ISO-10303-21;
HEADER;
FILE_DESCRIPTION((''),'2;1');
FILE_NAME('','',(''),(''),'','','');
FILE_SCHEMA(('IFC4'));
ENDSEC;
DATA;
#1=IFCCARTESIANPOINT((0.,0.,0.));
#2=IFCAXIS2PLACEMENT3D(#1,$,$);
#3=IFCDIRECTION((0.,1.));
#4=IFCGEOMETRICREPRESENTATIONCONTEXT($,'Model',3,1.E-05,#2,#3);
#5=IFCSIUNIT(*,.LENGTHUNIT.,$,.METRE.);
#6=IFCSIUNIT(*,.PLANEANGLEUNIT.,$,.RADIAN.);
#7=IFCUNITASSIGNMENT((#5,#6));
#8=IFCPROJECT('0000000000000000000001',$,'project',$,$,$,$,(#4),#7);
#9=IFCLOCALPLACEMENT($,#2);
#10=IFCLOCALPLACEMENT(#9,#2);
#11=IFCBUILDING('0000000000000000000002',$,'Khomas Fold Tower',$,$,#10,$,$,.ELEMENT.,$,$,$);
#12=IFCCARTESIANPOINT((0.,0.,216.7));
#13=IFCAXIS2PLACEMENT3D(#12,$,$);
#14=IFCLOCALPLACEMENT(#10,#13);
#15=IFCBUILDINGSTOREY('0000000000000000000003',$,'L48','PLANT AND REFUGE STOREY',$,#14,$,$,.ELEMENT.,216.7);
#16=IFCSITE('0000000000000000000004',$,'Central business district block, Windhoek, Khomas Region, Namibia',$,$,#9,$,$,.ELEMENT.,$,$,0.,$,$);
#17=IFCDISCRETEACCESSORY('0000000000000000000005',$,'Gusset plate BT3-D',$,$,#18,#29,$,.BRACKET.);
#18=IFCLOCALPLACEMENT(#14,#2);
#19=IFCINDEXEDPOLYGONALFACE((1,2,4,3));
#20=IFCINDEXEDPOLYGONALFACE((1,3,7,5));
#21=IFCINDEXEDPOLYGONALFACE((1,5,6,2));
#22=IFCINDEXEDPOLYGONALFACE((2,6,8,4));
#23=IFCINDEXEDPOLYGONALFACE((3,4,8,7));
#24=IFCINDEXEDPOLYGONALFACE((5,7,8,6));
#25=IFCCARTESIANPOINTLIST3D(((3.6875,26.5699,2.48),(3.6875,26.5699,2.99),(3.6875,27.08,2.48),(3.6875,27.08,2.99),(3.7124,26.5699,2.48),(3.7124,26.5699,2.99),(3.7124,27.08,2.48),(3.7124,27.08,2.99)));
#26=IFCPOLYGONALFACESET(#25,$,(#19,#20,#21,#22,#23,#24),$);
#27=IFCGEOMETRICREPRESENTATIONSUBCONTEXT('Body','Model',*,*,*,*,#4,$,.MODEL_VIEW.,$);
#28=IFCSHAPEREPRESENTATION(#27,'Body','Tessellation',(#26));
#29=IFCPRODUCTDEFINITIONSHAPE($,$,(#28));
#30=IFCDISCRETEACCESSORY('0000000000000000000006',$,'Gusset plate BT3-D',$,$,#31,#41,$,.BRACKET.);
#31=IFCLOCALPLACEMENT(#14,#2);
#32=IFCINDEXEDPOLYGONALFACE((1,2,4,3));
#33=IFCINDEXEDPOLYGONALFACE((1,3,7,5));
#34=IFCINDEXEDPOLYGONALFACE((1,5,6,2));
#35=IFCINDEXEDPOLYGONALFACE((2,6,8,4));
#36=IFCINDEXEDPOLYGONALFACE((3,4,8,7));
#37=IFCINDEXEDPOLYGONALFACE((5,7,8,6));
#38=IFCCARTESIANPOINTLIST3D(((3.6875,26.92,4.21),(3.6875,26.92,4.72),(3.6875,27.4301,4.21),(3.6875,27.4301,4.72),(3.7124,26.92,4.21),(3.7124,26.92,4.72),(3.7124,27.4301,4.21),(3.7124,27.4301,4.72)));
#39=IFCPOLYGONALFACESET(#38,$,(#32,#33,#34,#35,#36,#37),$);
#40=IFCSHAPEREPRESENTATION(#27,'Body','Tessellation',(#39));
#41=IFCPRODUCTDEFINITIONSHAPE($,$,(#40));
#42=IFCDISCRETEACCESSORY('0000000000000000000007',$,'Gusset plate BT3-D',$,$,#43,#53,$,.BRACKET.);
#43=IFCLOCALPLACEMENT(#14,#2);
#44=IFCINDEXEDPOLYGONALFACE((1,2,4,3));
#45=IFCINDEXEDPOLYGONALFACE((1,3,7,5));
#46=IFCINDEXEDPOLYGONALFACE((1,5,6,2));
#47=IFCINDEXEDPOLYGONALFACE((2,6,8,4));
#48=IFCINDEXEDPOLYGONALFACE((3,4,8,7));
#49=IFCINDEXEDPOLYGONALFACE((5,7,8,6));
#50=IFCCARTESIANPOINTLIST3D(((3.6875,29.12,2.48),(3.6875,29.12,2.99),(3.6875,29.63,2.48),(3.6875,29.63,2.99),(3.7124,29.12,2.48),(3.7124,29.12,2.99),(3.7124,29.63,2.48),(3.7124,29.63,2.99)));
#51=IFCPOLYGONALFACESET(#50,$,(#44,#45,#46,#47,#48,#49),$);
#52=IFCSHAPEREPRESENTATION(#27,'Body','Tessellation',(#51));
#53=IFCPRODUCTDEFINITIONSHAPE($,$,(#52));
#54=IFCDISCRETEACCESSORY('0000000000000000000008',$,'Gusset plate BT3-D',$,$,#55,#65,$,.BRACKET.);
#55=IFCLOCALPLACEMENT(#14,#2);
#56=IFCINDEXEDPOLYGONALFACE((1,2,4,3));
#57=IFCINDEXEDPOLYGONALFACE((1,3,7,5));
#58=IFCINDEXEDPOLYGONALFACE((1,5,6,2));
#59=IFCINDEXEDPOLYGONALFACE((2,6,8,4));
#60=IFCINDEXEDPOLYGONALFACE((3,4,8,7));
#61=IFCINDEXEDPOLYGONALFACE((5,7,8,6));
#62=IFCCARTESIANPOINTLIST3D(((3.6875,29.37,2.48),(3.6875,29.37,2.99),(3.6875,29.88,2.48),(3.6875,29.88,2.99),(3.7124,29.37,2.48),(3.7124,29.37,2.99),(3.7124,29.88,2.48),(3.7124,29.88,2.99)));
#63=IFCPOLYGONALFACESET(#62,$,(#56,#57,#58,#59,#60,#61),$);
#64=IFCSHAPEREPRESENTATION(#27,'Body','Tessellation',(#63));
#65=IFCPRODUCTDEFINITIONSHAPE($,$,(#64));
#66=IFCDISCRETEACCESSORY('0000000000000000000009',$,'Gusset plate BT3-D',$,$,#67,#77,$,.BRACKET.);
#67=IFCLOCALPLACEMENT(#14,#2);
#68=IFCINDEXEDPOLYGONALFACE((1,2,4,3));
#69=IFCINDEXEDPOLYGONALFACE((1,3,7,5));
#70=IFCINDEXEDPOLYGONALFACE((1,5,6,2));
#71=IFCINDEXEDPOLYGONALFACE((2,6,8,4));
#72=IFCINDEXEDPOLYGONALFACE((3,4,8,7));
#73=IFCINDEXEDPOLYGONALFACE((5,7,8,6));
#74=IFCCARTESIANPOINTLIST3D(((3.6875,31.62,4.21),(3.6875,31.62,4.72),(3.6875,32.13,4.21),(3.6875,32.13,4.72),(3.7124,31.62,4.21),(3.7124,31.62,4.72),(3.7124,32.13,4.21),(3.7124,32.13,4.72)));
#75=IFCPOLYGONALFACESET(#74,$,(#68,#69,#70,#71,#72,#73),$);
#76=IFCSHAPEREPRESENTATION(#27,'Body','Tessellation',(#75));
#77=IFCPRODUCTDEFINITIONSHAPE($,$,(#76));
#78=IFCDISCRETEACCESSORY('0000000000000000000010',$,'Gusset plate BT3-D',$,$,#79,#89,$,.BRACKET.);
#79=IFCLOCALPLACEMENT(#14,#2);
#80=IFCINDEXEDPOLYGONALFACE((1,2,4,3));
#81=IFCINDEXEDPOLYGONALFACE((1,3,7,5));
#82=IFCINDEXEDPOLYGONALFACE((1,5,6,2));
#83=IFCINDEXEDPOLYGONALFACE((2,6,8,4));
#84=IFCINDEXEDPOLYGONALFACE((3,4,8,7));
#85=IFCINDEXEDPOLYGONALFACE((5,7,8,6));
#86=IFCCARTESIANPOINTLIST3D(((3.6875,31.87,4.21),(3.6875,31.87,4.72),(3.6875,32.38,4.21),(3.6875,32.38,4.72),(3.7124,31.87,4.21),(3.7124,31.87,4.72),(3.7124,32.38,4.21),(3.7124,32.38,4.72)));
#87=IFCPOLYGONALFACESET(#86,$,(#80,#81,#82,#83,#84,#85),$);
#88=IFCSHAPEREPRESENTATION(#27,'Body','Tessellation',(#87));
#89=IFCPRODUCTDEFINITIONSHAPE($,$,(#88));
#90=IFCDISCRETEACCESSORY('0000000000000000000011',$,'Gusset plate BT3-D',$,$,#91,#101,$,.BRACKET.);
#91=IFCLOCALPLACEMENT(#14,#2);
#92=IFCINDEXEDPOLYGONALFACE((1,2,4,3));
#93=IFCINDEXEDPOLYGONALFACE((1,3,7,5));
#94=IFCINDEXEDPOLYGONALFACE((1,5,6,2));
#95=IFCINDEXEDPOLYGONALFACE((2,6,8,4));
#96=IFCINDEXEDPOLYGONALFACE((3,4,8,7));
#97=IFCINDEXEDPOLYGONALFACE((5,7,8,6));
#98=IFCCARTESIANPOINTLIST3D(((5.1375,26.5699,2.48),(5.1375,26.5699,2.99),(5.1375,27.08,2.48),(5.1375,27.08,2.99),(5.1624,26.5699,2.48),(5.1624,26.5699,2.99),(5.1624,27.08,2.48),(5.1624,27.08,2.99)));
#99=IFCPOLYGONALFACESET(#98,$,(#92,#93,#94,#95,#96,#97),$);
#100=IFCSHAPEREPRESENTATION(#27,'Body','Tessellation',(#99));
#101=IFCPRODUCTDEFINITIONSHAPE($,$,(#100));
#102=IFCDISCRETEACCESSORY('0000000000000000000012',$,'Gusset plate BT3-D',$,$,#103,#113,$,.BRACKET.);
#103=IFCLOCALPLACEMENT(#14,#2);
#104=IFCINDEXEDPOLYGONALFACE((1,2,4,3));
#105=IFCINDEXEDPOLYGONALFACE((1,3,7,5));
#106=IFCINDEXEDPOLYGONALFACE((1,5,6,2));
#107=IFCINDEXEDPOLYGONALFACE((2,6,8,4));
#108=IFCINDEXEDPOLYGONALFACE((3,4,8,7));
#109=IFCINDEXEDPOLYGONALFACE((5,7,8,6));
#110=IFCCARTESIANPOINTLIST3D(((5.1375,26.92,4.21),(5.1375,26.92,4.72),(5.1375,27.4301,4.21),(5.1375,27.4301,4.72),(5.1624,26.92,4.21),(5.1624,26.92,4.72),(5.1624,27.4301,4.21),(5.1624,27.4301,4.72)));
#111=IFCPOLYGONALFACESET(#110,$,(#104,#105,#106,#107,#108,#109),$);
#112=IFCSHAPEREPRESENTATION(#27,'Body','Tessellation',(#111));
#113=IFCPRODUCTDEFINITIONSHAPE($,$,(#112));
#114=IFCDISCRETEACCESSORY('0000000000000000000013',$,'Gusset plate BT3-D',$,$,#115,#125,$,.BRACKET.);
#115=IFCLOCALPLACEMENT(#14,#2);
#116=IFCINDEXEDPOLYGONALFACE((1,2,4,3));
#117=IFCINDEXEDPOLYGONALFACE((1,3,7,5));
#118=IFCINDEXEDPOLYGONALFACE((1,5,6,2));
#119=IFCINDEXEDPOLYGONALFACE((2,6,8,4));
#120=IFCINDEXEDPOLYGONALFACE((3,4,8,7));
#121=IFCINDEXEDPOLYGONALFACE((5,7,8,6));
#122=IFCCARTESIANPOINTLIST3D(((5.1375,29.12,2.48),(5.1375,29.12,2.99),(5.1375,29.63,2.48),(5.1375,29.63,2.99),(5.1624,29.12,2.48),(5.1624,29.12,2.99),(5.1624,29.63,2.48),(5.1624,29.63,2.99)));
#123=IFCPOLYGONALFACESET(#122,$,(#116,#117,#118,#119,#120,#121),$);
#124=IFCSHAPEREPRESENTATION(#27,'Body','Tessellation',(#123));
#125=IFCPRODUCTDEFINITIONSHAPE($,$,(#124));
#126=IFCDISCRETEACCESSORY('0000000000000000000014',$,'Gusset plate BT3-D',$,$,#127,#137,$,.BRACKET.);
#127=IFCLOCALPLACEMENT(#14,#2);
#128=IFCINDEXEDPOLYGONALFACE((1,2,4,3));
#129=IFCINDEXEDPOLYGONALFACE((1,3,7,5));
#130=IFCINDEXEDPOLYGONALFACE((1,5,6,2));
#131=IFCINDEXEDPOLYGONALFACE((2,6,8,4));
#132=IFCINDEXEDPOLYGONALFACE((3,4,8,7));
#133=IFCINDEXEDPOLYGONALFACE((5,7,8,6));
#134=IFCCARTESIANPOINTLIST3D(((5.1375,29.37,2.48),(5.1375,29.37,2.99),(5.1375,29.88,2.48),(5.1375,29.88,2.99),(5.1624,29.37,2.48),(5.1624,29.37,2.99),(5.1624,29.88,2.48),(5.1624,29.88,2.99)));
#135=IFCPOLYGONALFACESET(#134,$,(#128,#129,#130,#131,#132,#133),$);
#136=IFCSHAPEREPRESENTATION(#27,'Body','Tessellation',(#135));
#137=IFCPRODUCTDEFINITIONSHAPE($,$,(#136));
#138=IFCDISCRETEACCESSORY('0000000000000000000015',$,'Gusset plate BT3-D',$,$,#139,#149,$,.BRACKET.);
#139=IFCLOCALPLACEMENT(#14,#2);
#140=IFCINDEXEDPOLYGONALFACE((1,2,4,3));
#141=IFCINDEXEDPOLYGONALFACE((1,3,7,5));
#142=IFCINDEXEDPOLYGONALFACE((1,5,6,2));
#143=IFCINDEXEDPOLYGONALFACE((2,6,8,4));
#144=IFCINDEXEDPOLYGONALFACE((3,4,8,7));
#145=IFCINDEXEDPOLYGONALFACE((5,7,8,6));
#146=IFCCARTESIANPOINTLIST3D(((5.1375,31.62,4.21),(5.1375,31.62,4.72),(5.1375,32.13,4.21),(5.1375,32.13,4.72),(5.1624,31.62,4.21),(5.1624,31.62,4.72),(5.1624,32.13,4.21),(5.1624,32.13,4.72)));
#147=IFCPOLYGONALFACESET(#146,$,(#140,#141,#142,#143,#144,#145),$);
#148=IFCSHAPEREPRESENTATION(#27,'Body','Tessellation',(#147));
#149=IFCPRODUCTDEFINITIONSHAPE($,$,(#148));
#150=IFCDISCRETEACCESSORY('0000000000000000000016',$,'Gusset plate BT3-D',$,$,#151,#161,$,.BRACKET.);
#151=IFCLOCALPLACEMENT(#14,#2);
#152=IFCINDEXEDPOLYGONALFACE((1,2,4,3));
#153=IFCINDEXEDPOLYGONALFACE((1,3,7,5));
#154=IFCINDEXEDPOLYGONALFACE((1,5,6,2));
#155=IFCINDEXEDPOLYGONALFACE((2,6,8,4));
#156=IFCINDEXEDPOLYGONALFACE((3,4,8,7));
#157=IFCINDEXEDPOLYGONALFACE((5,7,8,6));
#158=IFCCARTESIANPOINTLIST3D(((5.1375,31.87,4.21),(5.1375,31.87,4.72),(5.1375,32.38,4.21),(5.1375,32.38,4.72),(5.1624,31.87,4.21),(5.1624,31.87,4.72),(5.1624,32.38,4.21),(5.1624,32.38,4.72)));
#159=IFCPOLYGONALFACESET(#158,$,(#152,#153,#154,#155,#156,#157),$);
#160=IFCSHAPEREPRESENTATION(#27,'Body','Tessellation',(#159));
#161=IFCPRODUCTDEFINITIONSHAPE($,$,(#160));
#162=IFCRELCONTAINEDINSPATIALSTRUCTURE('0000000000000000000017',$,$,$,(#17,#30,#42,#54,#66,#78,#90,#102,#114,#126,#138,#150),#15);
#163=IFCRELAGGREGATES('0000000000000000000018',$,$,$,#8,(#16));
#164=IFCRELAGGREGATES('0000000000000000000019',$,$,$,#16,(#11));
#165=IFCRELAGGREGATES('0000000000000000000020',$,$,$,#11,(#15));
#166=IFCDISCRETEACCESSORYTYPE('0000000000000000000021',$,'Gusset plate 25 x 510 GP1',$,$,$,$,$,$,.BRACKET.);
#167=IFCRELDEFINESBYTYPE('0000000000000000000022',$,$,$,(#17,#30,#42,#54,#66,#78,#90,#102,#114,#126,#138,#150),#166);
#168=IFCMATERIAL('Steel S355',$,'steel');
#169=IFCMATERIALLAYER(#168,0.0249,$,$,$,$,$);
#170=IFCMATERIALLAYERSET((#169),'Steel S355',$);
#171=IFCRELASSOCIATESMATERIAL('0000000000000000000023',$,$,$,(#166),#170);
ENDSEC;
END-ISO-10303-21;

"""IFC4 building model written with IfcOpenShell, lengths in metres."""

from ifc_helpers import new_model, si_unit, direction, frame, origin, origin_2d, place, context, subcontext, project, spatial, rectangle, extrude, source, transform, mapped, material, layer, layer_set, type_object, element, save


model = new_model("IFC4")

# Units and contexts
model_context = context("Model", 3, precision=1e-05, world=origin(), true_north=direction((0.0, 1.0)))
body_context = subcontext(model_context, "Body", "Model", "MODEL_VIEW")
ifc_project = project(units=[si_unit("LENGTHUNIT", "METRE"), si_unit("PLANEANGLEUNIT", "RADIAN")], contexts=[model_context])

# Site, building, storey
site_placement = place(None, origin())
site = spatial("IfcSite", under=ifc_project, at=site_placement, Name="Central business district block, Windhoek, Khomas Region, Namibia", CompositionType="ELEMENT", RefElevation=0.0)
building_placement = place(site_placement, origin())
building = spatial("IfcBuilding", under=site, at=building_placement, Name="Khomas Fold Tower", CompositionType="ELEMENT")
storey_placement = place(building_placement, frame((0.0, 0.0, 216.7)))
storey = spatial("IfcBuildingStorey", under=building, at=storey_placement, Name="L48", Description="PLANT AND REFUGE STOREY", CompositionType="ELEMENT", Elevation=216.7)

# Discrete accessories
ifc_material_1 = material(Name="Steel S355", Category="steel")
ifc_layer_1 = layer(ifc_material_1, 0.0249)
ifc_layer_set_1 = layer_set([ifc_layer_1], Name="Steel S355")
discrete_accessory_type = type_object("IfcDiscreteAccessoryType", Name="Gusset plate 25 x 510 GP1", PredefinedType="BRACKET", material=ifc_layer_set_1)
shared_shape_1 = source(origin(), body_context, "Body", "SweptSolid", [
    extrude(rectangle(XDim=0.51, YDim=0.0249, at=origin_2d()), origin(), (0.0, 0.0, 1.0), 0.51),
])
for number, where, z_axis, x_axis, name in (
    (1, (3.7, 26.825, 2.48), (0.0, 0.0, 1.0), (0.0, 1.0, 0.0), "Gusset plate BT3-D"),
    (2, (3.7, 27.175, 4.21), (0.0, 0.0, 1.0), (0.0, 1.0, 0.0), "Gusset plate BT3-D"),
    (3, (3.7, 29.375, 2.48), (0.0, 0.0, 1.0), (0.0, 1.0, 0.0), "Gusset plate BT3-D"),
    (4, (3.7, 29.625, 2.48), (0.0, 0.0, 1.0), (0.0, 1.0, 0.0), "Gusset plate BT3-D"),
    (5, (3.7, 31.875, 4.21), (0.0, 0.0, 1.0), (0.0, 1.0, 0.0), "Gusset plate BT3-D"),
    (6, (3.7, 32.125, 4.21), (0.0, 0.0, 1.0), (0.0, 1.0, 0.0), "Gusset plate BT3-D"),
    (7, (5.1499, 26.825, 2.48), (0.0, 0.0, 1.0), (0.0, 1.0, 0.0), "Gusset plate BT3-D"),
    (8, (5.1499, 27.175, 4.21), (0.0, 0.0, 1.0), (0.0, 1.0, 0.0), "Gusset plate BT3-D"),
    (9, (5.1499, 29.375, 2.48), (0.0, 0.0, 1.0), (0.0, 1.0, 0.0), "Gusset plate BT3-D"),
    (10, (5.1499, 29.625, 2.48), (0.0, 0.0, 1.0), (0.0, 1.0, 0.0), "Gusset plate BT3-D"),
    (11, (5.1499, 31.875, 4.21), (0.0, 0.0, 1.0), (0.0, 1.0, 0.0), "Gusset plate BT3-D"),
    (12, (5.1499, 32.125, 4.21), (0.0, 0.0, 1.0), (0.0, 1.0, 0.0), "Gusset plate BT3-D"),
):
    element("IfcDiscreteAccessory", number, at=place(storey_placement, frame(where, z_axis=z_axis, x_axis=x_axis)), inside=storey, type_object=discrete_accessory_type, Name=name, PredefinedType="BRACKET", context=body_context, shape_type="MappedRepresentation", body=[
        mapped(shared_shape_1, transform((0.0, 0.0, 0.0))),
    ])

save(model, "model.ifc")
